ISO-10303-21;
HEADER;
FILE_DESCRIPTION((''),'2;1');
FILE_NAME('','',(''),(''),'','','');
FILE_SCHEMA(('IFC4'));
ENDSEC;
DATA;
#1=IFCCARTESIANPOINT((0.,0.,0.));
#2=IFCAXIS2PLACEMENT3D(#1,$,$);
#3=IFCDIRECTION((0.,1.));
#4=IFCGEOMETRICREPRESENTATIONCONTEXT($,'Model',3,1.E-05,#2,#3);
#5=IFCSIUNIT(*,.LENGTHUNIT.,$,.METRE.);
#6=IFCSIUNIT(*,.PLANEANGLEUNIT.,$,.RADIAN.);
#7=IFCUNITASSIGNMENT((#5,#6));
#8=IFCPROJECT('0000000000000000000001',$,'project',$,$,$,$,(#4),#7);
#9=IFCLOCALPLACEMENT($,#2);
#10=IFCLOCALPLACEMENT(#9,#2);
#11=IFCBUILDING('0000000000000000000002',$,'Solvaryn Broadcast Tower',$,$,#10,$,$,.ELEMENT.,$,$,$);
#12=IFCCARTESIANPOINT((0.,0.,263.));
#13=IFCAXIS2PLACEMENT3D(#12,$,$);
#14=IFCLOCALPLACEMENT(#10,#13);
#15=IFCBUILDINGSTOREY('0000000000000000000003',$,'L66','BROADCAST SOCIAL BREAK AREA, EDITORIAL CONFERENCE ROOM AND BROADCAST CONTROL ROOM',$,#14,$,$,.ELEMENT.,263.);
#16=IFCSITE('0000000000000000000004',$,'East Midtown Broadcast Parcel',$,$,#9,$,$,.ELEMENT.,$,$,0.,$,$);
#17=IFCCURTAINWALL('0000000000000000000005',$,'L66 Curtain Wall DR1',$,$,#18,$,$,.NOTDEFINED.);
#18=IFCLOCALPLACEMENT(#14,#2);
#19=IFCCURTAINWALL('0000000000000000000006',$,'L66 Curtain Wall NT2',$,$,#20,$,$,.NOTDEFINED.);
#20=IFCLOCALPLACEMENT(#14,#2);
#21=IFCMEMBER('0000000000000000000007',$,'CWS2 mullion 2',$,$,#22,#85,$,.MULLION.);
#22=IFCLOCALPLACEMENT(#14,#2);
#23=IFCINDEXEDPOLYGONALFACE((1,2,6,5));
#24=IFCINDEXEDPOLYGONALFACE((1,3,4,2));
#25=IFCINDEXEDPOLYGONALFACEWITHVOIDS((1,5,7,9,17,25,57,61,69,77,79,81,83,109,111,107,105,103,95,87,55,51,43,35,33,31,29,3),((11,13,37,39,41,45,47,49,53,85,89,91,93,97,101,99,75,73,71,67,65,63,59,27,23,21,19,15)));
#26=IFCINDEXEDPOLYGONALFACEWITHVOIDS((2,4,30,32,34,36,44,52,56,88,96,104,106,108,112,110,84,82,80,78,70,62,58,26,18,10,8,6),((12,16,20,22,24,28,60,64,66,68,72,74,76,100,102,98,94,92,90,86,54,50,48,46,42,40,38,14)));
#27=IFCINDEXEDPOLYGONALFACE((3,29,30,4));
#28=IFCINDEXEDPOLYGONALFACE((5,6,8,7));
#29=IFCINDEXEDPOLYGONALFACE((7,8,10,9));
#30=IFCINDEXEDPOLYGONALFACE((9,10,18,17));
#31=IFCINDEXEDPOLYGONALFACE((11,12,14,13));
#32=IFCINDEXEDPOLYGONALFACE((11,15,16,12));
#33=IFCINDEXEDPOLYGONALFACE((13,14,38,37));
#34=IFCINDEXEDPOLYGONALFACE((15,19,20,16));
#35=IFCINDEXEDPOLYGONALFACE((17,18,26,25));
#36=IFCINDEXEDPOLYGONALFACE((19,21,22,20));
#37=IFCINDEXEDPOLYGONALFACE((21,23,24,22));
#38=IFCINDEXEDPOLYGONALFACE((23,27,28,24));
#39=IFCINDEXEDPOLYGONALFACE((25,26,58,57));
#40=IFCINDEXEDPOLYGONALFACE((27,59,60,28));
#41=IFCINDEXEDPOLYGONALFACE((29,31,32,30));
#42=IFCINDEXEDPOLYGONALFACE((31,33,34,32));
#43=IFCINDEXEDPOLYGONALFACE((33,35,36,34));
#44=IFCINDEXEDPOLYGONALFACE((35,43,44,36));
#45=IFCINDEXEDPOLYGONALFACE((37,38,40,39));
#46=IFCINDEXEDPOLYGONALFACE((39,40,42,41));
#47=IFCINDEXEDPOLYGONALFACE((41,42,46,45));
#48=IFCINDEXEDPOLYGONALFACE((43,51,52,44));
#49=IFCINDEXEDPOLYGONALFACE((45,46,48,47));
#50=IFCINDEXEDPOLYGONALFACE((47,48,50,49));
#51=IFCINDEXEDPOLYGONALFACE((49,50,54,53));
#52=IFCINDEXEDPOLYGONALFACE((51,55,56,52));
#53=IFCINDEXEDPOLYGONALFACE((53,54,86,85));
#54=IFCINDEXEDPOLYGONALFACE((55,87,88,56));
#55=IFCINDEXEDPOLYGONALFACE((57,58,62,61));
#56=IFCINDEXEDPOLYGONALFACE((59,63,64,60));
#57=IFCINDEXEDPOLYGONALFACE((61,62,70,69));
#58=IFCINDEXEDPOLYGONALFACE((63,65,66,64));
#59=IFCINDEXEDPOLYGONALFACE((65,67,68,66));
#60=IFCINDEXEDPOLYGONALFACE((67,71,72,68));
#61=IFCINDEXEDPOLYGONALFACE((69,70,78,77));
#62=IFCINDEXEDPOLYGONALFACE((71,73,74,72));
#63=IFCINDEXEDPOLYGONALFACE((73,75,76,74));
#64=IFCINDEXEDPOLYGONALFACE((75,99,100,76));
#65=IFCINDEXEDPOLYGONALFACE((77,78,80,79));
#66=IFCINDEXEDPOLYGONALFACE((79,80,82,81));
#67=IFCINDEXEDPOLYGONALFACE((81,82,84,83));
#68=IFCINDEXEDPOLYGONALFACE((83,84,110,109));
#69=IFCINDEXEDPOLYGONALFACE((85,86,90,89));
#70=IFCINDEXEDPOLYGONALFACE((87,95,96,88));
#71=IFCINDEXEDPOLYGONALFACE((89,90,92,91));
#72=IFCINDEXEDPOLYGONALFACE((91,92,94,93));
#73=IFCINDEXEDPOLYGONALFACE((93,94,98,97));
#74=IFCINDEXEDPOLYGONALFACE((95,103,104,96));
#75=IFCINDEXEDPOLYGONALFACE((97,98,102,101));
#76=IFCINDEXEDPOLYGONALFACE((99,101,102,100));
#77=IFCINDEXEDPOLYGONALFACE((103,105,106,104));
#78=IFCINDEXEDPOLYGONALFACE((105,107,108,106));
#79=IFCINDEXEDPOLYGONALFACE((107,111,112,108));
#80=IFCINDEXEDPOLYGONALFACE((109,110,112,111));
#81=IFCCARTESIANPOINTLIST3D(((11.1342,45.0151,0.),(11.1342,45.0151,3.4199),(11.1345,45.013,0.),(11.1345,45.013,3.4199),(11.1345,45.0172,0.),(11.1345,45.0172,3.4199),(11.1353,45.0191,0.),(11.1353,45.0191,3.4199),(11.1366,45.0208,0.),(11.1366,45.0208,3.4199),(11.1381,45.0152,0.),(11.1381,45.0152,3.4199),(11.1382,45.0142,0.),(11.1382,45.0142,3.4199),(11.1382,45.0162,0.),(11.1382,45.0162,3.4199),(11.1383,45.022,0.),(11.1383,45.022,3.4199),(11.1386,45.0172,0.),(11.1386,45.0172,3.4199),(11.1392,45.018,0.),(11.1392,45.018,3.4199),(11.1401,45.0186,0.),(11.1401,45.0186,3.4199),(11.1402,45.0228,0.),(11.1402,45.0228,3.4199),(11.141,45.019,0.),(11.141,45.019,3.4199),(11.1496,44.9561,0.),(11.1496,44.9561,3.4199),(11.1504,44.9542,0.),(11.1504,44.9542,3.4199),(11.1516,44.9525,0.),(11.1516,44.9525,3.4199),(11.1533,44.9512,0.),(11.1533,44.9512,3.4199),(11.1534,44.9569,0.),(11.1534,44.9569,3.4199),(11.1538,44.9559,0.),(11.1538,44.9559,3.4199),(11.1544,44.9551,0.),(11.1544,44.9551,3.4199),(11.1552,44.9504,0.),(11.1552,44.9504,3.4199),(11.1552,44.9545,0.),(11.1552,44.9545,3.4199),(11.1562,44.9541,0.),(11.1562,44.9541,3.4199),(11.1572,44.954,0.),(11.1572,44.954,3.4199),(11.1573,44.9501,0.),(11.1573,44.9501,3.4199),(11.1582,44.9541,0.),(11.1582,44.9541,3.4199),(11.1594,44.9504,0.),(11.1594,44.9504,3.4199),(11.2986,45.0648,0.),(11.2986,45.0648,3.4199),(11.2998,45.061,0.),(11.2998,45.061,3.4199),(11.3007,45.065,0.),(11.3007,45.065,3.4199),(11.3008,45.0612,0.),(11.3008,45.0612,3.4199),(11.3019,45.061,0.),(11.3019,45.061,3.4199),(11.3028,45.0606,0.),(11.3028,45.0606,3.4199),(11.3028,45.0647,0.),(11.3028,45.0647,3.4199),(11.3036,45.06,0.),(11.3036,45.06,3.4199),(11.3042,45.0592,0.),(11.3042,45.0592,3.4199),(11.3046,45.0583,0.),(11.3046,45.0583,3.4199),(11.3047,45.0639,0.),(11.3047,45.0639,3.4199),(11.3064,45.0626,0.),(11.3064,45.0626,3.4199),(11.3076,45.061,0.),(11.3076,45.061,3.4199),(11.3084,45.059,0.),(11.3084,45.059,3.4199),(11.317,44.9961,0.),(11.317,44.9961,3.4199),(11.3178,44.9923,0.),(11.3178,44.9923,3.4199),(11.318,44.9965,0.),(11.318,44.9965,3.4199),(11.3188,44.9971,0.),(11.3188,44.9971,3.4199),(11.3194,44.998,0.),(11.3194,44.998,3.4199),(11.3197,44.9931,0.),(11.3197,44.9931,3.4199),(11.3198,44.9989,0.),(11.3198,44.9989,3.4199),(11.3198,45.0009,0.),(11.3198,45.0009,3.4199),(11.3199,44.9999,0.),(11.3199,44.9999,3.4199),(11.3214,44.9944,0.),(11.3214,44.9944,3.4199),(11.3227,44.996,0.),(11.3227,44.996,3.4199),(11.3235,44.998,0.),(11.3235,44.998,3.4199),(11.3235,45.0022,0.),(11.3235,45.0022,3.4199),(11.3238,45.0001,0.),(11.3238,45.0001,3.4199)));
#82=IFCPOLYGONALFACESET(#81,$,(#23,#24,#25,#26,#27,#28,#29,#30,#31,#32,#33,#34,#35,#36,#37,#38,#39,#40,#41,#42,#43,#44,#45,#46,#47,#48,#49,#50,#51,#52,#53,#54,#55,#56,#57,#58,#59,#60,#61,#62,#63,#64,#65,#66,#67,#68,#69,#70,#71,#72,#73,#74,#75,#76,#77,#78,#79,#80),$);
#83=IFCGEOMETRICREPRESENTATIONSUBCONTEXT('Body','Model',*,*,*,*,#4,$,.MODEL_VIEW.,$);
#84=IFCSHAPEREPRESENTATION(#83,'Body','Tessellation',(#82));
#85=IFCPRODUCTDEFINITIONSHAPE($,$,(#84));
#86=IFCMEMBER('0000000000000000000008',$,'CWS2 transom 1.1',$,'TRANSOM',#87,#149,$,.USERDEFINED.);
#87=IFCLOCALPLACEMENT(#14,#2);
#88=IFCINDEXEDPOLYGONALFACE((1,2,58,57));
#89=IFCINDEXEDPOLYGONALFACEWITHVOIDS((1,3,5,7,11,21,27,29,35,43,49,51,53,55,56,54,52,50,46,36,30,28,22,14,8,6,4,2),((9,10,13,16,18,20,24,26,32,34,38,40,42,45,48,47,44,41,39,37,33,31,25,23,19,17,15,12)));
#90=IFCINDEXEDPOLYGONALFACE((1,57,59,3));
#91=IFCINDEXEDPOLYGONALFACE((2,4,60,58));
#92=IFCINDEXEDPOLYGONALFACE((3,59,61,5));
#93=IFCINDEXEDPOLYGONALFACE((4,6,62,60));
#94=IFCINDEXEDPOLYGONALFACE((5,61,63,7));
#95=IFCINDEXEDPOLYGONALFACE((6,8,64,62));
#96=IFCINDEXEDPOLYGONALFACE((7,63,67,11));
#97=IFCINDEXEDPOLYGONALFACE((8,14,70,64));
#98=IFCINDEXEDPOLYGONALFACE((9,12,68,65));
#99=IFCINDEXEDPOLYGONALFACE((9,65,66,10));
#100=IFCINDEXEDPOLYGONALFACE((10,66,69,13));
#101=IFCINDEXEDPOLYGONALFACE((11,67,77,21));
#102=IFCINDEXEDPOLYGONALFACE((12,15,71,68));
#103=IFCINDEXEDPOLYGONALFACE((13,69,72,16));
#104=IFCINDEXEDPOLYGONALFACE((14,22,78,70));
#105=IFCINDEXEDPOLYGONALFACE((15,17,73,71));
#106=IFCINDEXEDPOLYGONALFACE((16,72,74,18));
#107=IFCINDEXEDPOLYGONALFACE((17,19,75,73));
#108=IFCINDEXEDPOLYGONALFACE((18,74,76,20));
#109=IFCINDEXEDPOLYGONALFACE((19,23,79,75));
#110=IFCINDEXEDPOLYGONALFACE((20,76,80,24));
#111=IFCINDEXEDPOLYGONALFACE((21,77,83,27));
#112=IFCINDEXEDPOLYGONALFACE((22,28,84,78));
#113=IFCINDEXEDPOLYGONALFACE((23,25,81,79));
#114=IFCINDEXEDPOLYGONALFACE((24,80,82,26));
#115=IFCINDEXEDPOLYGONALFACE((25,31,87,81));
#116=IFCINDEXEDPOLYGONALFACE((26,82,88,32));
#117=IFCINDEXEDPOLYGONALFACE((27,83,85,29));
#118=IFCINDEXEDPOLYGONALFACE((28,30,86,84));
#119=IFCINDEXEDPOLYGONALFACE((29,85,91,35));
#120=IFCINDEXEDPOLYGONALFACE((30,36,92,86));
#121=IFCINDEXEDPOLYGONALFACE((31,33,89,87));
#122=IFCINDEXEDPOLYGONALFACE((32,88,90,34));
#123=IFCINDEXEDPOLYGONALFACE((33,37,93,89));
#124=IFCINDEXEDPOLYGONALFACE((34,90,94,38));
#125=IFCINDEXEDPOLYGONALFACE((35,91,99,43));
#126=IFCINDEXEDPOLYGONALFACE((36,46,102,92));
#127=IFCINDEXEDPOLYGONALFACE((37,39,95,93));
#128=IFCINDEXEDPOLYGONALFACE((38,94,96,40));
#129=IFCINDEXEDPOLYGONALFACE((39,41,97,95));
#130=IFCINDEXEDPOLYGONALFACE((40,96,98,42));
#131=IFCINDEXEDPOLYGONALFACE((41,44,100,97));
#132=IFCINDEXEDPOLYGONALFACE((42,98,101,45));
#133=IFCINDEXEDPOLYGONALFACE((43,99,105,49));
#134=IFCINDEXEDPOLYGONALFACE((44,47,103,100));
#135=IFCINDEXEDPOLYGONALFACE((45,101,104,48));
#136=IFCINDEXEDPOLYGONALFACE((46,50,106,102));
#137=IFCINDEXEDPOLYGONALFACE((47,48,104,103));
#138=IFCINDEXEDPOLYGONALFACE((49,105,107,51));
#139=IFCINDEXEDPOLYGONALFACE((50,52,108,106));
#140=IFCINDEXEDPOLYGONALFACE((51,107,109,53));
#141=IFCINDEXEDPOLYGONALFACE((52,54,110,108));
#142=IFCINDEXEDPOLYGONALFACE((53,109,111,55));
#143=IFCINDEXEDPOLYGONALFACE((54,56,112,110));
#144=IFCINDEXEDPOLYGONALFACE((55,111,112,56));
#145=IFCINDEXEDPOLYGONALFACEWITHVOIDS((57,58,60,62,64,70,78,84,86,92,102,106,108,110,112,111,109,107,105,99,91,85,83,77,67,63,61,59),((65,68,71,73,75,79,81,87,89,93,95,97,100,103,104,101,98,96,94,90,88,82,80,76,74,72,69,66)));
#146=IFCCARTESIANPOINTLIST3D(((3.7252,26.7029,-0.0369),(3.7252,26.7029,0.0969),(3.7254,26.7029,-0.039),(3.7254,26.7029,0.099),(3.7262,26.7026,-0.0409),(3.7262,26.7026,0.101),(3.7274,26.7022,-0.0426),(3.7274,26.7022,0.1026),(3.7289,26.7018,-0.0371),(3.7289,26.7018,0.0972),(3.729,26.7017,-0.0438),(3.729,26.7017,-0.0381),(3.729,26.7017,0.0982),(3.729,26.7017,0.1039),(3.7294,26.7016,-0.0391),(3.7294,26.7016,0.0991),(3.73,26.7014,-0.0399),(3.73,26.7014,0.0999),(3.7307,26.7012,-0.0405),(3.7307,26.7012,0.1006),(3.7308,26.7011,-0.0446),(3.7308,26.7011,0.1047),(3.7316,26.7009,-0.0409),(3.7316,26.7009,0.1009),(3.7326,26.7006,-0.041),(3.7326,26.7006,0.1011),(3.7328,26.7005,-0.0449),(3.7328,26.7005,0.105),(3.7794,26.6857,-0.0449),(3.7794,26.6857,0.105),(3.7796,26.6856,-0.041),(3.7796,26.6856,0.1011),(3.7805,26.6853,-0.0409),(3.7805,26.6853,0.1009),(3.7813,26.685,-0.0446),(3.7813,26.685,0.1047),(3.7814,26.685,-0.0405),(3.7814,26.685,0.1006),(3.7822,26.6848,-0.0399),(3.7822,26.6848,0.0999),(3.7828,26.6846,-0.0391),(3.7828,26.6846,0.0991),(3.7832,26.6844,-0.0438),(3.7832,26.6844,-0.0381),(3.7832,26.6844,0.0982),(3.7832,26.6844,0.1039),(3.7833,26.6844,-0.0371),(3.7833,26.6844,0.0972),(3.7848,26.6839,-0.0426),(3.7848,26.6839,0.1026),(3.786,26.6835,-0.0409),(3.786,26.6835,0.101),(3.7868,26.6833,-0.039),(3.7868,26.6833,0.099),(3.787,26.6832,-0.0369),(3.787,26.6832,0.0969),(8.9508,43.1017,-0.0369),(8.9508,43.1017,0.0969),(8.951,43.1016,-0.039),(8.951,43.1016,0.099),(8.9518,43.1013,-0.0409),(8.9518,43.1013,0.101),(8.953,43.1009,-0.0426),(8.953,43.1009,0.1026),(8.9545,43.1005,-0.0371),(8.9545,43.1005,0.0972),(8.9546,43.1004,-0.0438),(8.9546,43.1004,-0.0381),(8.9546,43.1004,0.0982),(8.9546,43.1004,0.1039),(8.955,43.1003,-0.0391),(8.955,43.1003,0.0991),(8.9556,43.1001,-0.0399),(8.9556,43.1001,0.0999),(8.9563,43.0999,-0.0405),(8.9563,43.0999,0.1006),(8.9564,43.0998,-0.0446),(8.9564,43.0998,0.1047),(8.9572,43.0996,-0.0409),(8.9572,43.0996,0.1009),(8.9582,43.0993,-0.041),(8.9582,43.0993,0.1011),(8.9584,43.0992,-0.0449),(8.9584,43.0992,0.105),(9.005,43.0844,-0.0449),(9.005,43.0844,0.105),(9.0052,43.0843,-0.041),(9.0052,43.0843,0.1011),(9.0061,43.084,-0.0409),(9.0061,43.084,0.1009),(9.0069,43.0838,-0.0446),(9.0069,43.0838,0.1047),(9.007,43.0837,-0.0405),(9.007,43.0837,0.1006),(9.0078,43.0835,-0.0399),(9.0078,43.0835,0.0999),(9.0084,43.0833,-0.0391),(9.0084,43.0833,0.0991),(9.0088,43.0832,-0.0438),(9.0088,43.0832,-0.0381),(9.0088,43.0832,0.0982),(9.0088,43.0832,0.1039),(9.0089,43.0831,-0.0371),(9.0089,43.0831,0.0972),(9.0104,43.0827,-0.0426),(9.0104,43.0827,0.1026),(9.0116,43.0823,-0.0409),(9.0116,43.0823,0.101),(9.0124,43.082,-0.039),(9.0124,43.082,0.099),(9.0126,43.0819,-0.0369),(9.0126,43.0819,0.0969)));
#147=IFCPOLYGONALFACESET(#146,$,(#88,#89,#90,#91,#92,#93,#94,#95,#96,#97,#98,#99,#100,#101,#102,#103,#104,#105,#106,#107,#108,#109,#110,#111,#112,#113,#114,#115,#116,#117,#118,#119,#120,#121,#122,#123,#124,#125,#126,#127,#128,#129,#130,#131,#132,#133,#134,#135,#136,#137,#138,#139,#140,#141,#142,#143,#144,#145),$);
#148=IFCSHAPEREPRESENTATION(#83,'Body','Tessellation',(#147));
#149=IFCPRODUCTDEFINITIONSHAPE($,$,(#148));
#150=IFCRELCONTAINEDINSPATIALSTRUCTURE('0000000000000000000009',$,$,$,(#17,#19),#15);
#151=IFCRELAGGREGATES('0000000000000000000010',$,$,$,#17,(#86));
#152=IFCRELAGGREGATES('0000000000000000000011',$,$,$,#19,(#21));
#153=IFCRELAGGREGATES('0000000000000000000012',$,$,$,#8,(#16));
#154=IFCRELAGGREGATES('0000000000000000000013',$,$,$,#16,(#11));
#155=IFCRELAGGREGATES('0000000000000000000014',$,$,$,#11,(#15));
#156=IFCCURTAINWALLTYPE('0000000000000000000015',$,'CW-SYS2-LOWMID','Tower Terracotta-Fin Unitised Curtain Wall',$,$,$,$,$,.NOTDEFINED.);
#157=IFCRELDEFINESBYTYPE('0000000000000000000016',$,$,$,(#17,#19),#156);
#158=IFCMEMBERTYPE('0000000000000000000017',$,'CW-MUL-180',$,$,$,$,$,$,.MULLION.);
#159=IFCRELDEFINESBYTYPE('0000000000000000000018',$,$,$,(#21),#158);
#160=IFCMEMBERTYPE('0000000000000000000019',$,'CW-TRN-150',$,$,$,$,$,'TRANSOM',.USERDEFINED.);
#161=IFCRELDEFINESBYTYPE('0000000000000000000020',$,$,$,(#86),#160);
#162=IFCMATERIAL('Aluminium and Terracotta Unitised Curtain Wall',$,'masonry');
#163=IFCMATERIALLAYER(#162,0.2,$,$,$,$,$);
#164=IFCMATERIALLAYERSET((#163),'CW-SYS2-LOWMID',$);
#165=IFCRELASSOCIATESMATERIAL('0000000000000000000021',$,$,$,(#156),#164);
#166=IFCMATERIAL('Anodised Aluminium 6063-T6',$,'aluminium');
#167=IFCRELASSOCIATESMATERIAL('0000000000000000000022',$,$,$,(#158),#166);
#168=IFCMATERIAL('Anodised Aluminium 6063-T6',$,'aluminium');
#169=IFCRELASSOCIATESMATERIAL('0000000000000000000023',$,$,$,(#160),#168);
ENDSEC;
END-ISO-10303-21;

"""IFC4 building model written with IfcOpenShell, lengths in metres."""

from ifc_helpers import new_model, si_unit, direction, frame, origin, origin_2d, place, context, subcontext, project, spatial, hollow_rectangle, extrude, material, layer, layer_set, material_profile, profile_set, type_object, element, aggregate, save


model = new_model("IFC4")

# Units and contexts
model_context = context("Model", 3, precision=1e-05, world=origin(), true_north=direction((0.0, 1.0)))
body_context = subcontext(model_context, "Body", "Model", "MODEL_VIEW")
ifc_project = project(units=[si_unit("LENGTHUNIT", "METRE"), si_unit("PLANEANGLEUNIT", "RADIAN")], contexts=[model_context])

# Site, building, storey
site_placement = place(None, origin())
site = spatial("IfcSite", under=ifc_project, at=site_placement, Name="East Midtown Broadcast Parcel", CompositionType="ELEMENT", RefElevation=0.0)
building_placement = place(site_placement, origin())
building = spatial("IfcBuilding", under=site, at=building_placement, Name="Solvaryn Broadcast Tower", CompositionType="ELEMENT")
storey_placement = place(building_placement, frame((0.0, 0.0, 263.0)))
storey = spatial("IfcBuildingStorey", under=building, at=storey_placement, Name="L66", Description="BROADCAST SOCIAL BREAK AREA, EDITORIAL CONFERENCE ROOM AND BROADCAST CONTROL ROOM", CompositionType="ELEMENT", Elevation=263.0)

# Curtain walls, member
ifc_material_1 = material(Name="Aluminium and Terracotta Unitised Curtain Wall", Category="masonry")
ifc_layer_1 = layer(ifc_material_1, 0.2)
ifc_layer_set_1 = layer_set([ifc_layer_1], Name="CW-SYS2-LOWMID")
curtain_wall_type = type_object("IfcCurtainWallType", Name="CW-SYS2-LOWMID", Description="Tower Terracotta-Fin Unitised Curtain Wall", PredefinedType="NOTDEFINED", material=ifc_layer_set_1)
curtain_wall_1_placement = place(storey_placement, origin())
curtain_wall_1 = element("IfcCurtainWall", 1, at=curtain_wall_1_placement, inside=storey, type_object=curtain_wall_type, Name="L66 Curtain Wall DR1", PredefinedType="NOTDEFINED")
ifc_material_2 = material(Name="Anodised Aluminium 6063-T6", Category="aluminium")
ifc_material_profile_1 = material_profile(ifc_material_2, hollow_rectangle(XDim=0.075, YDim=0.1799, WallThickness=0.0039, InnerFilletRadius=0.0039, OuterFilletRadius=0.0081, at=origin_2d()))
ifc_profile_set_1 = profile_set([ifc_material_profile_1], Name="Anodised Aluminium 6063-T6")
member_type_1 = type_object("IfcMemberType", Name="CW-MUL-180", PredefinedType="MULLION", material=ifc_profile_set_1)
curtain_wall_2_placement = place(storey_placement, origin())
curtain_wall_2 = element("IfcCurtainWall", 2, at=curtain_wall_2_placement, inside=storey, type_object=curtain_wall_type, Name="L66 Curtain Wall NT2", PredefinedType="NOTDEFINED")
member_1_placement = place(storey_placement, frame((11.229, 45.0076, 0.0), z_axis=(0.0, 0.0, 1.0), x_axis=(0.255893, -0.966705, 0.0)))
member_1 = element("IfcMember", 3, at=member_1_placement, type_object=member_type_1, Name="CWS2 mullion 2", PredefinedType="MULLION", context=body_context, shape_type="SweptSolid", body=[
    extrude(hollow_rectangle(XDim=0.075, YDim=0.1799, WallThickness=0.0039, InnerFilletRadius=0.0039, OuterFilletRadius=0.0081, at=origin_2d()), origin(), (0.0, 0.0, 1.0), 3.4199),
])

# Member
ifc_material_3 = material(Name="Anodised Aluminium 6063-T6", Category="aluminium")
ifc_material_profile_2 = material_profile(ifc_material_3, hollow_rectangle(XDim=0.0649, YDim=0.1499, WallThickness=0.0039, InnerFilletRadius=0.0039, OuterFilletRadius=0.0081, at=origin_2d()))
ifc_profile_set_2 = profile_set([ifc_material_profile_2], Name="Anodised Aluminium 6063-T6")
member_type_2 = type_object("IfcMemberType", Name="CW-TRN-150", ElementType="TRANSOM", PredefinedType="USERDEFINED", material=ifc_profile_set_2)
member_2_placement = place(storey_placement, frame((8.9817, 43.0918, 0.03), z_axis=(-0.303616, -0.952794, 0.0), x_axis=(0.952794, -0.303616, 0.0)))
member_2 = element("IfcMember", 4, at=member_2_placement, type_object=member_type_2, Name="CWS2 transom 1.1", ObjectType="TRANSOM", PredefinedType="USERDEFINED", context=body_context, shape_type="SweptSolid", body=[
    extrude(hollow_rectangle(XDim=0.0649, YDim=0.1499, WallThickness=0.0039, InnerFilletRadius=0.0039, OuterFilletRadius=0.0081, at=origin_2d()), origin(), (0.0, 0.0, 1.0), 17.2112),
])

aggregate(curtain_wall_1, [member_2])
aggregate(curtain_wall_2, [member_1])

save(model, "model.ifc")
